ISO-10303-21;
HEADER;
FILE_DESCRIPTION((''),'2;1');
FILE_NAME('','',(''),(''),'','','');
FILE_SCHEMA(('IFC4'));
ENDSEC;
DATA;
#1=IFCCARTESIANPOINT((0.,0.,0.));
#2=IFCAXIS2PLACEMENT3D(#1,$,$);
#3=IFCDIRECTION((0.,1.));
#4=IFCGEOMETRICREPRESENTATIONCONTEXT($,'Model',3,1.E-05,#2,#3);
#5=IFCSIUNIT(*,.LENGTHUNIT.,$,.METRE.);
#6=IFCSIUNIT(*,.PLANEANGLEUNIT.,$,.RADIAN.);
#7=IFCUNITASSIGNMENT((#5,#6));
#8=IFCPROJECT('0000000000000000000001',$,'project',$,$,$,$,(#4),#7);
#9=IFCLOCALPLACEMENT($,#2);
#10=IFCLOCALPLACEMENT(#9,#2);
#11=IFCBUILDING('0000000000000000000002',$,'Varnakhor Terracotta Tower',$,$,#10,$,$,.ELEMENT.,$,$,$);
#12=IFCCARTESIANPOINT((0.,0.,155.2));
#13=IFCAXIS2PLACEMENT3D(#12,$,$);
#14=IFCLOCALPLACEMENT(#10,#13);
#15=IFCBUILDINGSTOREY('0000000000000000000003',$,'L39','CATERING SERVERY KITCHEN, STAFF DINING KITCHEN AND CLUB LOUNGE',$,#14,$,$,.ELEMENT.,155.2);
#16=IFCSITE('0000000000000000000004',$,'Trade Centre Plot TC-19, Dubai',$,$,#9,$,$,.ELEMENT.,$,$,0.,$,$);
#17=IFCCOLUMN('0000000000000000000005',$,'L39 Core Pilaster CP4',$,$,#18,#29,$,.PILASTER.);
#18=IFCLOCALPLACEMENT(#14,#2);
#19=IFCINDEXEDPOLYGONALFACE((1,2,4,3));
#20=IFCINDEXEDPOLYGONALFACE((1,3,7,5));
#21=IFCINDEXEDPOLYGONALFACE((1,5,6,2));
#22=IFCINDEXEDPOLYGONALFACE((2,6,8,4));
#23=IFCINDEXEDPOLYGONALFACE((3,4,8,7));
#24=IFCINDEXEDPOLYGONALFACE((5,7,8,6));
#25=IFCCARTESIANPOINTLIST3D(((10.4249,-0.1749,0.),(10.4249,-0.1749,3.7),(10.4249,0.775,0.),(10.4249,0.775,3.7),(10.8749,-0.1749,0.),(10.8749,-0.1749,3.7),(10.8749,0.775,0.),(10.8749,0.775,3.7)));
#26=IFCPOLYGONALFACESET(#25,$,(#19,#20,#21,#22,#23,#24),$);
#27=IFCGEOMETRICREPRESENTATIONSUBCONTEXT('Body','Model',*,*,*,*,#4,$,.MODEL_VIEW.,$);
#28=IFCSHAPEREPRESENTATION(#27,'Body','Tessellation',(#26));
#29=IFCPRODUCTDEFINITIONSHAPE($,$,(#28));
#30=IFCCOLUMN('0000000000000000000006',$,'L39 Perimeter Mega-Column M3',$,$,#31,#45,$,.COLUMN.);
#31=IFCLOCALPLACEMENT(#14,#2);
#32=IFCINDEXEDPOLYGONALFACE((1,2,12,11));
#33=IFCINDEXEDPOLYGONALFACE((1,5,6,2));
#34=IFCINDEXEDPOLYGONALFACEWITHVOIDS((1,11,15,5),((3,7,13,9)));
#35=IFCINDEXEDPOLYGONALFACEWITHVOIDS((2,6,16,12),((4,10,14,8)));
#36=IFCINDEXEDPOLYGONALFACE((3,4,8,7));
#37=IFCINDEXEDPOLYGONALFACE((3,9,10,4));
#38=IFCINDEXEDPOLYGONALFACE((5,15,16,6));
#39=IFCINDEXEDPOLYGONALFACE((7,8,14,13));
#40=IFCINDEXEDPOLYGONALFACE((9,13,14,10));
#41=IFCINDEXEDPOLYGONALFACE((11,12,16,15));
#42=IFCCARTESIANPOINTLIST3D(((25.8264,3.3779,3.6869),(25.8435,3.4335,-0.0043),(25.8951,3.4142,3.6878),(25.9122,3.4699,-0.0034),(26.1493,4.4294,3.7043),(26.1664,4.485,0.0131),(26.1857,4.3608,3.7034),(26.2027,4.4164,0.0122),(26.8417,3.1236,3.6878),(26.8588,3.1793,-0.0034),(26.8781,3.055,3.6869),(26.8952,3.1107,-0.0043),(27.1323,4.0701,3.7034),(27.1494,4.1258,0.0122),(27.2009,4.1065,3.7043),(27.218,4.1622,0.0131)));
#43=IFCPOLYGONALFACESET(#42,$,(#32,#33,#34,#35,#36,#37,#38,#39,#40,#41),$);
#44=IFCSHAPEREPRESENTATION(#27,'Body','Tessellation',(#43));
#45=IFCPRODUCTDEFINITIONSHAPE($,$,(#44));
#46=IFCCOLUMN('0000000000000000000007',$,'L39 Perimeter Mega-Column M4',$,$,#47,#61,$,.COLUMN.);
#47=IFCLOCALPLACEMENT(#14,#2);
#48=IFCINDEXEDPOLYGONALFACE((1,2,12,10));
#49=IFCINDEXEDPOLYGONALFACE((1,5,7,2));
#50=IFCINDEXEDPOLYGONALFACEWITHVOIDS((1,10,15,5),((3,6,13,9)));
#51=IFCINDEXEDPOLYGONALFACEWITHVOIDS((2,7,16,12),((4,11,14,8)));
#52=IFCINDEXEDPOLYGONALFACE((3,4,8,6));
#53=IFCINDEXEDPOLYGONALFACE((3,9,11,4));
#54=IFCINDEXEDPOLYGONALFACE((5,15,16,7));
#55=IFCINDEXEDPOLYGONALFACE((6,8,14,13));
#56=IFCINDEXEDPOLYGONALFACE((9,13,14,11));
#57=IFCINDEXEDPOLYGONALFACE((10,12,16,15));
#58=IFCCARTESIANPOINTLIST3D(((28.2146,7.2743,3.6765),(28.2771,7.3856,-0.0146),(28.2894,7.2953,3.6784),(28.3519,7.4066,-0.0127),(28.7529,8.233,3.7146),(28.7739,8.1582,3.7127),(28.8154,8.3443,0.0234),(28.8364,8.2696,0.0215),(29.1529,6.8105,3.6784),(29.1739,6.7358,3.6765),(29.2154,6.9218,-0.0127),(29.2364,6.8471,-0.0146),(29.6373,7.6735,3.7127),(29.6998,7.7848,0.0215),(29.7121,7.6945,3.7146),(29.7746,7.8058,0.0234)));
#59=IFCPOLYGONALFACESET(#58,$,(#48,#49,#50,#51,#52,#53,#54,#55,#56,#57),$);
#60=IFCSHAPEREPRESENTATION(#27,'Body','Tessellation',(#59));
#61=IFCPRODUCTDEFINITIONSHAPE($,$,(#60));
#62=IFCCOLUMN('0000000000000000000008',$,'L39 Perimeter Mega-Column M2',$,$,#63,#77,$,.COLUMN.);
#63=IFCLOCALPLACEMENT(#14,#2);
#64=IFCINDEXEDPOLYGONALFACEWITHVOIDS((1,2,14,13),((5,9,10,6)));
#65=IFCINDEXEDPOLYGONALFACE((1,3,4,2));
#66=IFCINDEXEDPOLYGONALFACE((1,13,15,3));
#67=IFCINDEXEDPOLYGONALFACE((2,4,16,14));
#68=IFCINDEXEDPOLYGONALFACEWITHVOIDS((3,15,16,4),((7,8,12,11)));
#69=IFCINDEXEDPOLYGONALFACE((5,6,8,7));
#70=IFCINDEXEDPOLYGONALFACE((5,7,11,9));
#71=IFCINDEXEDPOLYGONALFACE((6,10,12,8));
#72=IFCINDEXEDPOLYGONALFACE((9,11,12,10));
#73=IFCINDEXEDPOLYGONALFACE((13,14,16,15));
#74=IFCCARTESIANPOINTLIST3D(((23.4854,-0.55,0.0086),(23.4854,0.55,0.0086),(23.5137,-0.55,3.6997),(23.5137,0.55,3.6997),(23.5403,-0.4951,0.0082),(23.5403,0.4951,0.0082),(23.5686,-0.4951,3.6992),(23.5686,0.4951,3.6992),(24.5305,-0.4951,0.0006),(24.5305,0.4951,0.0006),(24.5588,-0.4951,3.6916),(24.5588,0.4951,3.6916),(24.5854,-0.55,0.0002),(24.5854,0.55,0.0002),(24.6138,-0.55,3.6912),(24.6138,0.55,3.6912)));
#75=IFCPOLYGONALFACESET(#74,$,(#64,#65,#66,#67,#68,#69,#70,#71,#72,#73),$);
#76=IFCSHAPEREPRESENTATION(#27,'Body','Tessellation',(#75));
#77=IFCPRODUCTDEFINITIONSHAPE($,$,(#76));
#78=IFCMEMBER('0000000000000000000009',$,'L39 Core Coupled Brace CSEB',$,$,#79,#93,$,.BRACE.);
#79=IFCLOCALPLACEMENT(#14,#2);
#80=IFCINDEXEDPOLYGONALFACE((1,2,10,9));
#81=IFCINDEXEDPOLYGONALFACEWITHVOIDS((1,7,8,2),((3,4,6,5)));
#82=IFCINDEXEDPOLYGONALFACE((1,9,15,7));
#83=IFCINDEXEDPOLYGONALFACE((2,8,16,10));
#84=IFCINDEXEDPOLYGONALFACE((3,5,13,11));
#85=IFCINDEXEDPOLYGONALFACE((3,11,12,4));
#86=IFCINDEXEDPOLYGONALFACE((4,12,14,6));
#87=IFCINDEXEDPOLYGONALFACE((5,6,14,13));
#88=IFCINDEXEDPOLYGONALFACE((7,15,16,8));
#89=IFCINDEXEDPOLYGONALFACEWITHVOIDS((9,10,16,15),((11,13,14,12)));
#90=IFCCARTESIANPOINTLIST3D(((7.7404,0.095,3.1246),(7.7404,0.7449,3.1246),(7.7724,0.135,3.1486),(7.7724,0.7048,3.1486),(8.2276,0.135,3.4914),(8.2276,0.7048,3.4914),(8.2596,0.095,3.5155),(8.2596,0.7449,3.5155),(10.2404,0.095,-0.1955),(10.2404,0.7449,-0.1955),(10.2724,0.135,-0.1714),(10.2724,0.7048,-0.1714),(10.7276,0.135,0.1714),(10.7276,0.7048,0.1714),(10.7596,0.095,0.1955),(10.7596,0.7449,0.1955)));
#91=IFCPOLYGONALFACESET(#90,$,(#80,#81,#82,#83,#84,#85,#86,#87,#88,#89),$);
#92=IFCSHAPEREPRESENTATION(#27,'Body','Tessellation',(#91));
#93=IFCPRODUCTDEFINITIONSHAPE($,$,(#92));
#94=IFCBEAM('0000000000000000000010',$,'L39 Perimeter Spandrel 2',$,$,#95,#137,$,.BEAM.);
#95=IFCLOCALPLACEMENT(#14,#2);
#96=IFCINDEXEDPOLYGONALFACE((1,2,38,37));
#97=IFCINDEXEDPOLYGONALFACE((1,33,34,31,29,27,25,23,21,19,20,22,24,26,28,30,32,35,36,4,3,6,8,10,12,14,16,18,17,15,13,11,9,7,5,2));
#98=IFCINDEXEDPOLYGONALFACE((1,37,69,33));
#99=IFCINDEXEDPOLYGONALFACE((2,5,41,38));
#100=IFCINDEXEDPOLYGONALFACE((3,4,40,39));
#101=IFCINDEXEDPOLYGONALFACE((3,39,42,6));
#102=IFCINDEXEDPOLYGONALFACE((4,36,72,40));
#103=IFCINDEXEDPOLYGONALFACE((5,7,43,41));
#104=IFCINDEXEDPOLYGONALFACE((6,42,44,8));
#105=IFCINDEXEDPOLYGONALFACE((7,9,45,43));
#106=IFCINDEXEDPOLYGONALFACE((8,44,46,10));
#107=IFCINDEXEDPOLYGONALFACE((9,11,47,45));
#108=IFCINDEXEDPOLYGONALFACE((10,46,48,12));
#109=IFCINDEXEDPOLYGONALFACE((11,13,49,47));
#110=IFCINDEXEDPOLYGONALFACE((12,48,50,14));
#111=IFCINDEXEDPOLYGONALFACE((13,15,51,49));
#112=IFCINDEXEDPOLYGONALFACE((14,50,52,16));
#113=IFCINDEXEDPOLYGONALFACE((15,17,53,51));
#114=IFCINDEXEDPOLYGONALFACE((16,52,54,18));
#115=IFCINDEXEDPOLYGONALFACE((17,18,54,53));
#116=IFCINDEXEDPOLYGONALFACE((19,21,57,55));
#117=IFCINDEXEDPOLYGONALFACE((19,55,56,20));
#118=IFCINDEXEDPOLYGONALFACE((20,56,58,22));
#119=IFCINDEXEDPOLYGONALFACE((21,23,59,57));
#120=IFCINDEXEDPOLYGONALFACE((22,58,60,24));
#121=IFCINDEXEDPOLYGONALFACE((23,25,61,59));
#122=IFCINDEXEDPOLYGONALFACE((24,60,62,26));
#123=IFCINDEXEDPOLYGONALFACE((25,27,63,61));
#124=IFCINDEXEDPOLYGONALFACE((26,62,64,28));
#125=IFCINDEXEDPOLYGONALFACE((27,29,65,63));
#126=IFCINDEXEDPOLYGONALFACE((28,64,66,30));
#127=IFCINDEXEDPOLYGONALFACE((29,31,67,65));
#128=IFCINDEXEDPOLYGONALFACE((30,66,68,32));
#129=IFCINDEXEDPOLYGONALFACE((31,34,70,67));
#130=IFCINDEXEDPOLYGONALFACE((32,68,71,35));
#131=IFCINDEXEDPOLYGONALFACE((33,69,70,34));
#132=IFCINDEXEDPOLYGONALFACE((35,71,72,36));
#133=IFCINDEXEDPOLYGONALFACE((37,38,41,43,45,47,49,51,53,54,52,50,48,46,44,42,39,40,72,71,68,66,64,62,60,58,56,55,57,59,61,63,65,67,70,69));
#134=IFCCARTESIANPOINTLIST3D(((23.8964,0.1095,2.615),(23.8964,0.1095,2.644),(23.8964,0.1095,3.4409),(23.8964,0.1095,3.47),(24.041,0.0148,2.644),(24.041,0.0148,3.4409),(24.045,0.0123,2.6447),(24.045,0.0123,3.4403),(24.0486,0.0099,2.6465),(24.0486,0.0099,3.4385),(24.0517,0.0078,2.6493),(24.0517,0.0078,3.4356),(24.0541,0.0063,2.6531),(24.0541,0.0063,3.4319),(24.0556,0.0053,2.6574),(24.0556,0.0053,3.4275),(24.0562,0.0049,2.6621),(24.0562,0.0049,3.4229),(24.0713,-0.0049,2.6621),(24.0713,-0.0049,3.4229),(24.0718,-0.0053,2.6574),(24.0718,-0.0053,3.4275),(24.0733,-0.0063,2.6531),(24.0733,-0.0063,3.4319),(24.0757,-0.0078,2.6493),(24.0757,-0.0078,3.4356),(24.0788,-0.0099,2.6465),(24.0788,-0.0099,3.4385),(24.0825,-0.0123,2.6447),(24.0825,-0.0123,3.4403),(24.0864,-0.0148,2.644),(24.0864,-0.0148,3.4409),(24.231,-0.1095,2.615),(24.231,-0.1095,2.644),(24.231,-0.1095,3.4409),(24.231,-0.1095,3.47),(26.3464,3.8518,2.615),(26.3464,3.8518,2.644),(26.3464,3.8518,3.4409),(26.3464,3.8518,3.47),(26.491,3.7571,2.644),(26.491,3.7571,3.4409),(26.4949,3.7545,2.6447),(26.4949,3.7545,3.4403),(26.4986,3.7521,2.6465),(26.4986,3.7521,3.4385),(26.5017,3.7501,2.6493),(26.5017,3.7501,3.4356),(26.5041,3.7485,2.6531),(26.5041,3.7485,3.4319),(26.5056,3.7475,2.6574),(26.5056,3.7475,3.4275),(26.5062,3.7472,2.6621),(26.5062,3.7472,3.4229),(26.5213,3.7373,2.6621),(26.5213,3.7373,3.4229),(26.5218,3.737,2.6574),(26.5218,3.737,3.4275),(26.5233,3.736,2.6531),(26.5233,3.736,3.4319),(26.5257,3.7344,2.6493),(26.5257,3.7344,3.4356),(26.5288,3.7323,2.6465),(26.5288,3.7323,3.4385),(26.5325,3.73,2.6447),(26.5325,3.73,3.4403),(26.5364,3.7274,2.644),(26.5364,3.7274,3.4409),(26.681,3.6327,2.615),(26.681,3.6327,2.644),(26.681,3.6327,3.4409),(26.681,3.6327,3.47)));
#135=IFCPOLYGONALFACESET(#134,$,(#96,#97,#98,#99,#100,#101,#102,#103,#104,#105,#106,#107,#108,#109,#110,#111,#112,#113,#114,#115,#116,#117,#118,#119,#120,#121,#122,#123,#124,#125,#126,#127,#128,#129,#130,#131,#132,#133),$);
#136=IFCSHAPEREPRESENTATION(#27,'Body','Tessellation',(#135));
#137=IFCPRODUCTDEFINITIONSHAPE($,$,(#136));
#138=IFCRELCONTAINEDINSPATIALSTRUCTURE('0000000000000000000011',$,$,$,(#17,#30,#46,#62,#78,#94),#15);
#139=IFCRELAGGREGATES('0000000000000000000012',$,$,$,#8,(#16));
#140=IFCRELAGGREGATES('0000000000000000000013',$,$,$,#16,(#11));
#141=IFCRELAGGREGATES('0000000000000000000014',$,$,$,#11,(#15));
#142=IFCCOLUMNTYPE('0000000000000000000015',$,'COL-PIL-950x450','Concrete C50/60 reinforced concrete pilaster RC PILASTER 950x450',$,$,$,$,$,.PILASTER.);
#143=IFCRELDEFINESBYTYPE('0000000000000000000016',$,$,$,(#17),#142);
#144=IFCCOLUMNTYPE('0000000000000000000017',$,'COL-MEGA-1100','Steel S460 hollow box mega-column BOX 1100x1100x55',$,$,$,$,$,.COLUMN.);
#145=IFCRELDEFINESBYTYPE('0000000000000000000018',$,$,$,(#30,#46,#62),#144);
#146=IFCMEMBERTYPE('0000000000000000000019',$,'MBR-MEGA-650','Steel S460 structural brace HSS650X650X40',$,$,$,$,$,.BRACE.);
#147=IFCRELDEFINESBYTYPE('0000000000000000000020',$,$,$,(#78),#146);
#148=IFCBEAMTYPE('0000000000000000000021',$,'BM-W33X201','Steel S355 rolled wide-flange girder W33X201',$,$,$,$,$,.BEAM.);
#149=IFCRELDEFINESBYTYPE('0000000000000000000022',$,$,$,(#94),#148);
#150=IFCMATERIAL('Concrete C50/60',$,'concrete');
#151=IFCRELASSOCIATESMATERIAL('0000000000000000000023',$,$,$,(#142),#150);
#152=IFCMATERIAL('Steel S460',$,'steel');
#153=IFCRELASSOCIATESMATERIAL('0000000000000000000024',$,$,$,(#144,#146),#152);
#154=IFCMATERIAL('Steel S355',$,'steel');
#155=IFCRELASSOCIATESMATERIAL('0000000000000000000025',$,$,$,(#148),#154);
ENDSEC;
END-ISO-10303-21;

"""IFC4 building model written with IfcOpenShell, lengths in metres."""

from ifc_helpers import new_model, si_unit, direction, frame, origin, origin_2d, place, context, subcontext, project, spatial, rectangle, hollow_rectangle, i_section, extrude, source, transform, mapped, material, material_profile, profile_set, type_object, element, save


model = new_model("IFC4")

# Units and contexts
model_context = context("Model", 3, precision=1e-05, world=origin(), true_north=direction((0.0, 1.0)))
body_context = subcontext(model_context, "Body", "Model", "MODEL_VIEW")
ifc_project = project(units=[si_unit("LENGTHUNIT", "METRE"), si_unit("PLANEANGLEUNIT", "RADIAN")], contexts=[model_context])

# Site, building, storey
site_placement = place(None, origin())
site = spatial("IfcSite", under=ifc_project, at=site_placement, Name="Trade Centre Plot TC-19, Dubai", CompositionType="ELEMENT", RefElevation=0.0)
building_placement = place(site_placement, origin())
building = spatial("IfcBuilding", under=site, at=building_placement, Name="Varnakhor Terracotta Tower", CompositionType="ELEMENT")
storey_placement = place(building_placement, frame((0.0, 0.0, 155.2)))
storey = spatial("IfcBuildingStorey", under=building, at=storey_placement, Name="L39", Description="CATERING SERVERY KITCHEN, STAFF DINING KITCHEN AND CLUB LOUNGE", CompositionType="ELEMENT", Elevation=155.2)

# Columns
ifc_material_1 = material(Name="Concrete C50/60", Category="concrete")
ifc_material_profile_1 = material_profile(ifc_material_1, rectangle(XDim=0.45, YDim=0.95, at=origin_2d()), Name="RC PILASTER 950x450")
ifc_profile_set_1 = profile_set([ifc_material_profile_1], Name="Concrete C50/60")
column_type_1 = type_object("IfcColumnType", Name="COL-PIL-950x450", Description="Concrete C50/60 reinforced concrete pilaster RC PILASTER 950x450", PredefinedType="PILASTER", material=ifc_profile_set_1)
shared_shape_1 = source(origin(), body_context, "Body", "SweptSolid", [
    extrude(rectangle(XDim=0.45, YDim=0.95, at=origin_2d()), origin(), (0.0, 0.0, 1.0), 3.7),
])
column_1_placement = place(storey_placement, frame((10.6499, 0.3, 0.0), z_axis=(0.0, 0.0, 1.0), x_axis=(1.0, 0.0, 0.0)))
element("IfcColumn", 1, at=column_1_placement, inside=storey, type_object=column_type_1, Name="L39 Core Pilaster CP4", PredefinedType="PILASTER", context=body_context, shape_type="MappedRepresentation", body=[
    mapped(shared_shape_1, transform((0.0, 0.0, 0.0), scale=1.0)),
])
ifc_material_2 = material(Name="Steel S460", Category="steel")
ifc_material_profile_2 = material_profile(ifc_material_2, hollow_rectangle(XDim=1.1001, YDim=1.1001, WallThickness=0.0549, at=origin_2d()), Name="BOX 1100x1100x55")
ifc_profile_set_2 = profile_set([ifc_material_profile_2], Name="Steel S460")
column_type_2 = type_object("IfcColumnType", Name="COL-MEGA-1100", Description="Steel S460 hollow box mega-column BOX 1100x1100x55", PredefinedType="COLUMN", material=ifc_profile_set_2)
shared_shape_2 = source(origin(), body_context, "Body", "SweptSolid", [
    extrude(hollow_rectangle(XDim=1.1001, YDim=1.1001, WallThickness=0.0549, at=origin_2d()), origin(), (0.0, 0.0, 1.0), 3.6917),
])
column_2_placement = place(storey_placement, frame((26.5308, 3.7979, 0.0044), z_axis=(-0.004629, -0.015078, 0.999876), x_axis=(0.95596, -0.293497, 0.0)))
element("IfcColumn", 2, at=column_2_placement, inside=storey, type_object=column_type_2, Name="L39 Perimeter Mega-Column M3", PredefinedType="COLUMN", context=body_context, shape_type="MappedRepresentation", body=[
    mapped(shared_shape_2, transform((0.0, 0.0, 0.0), scale=1.0)),
])
shared_shape_3 = source(origin(), body_context, "Body", "SweptSolid", [
    extrude(hollow_rectangle(XDim=1.1001, YDim=1.1001, WallThickness=0.0549, at=origin_2d()), origin(), (0.0, 0.0, 1.0), 3.6934),
])
column_3_placement = place(storey_placement, frame((29.0259, 7.5957, 0.0044), z_axis=(-0.016922, -0.030143, 0.999402), x_axis=(0.871984, -0.489535, 0.0)))
element("IfcColumn", 3, at=column_3_placement, inside=storey, type_object=column_type_2, Name="L39 Perimeter Mega-Column M4", PredefinedType="COLUMN", context=body_context, shape_type="MappedRepresentation", body=[
    mapped(shared_shape_3, transform((0.0, 0.0, 0.0), scale=1.0)),
])
shared_shape_4 = source(origin(), body_context, "Body", "SweptSolid", [
    extrude(hollow_rectangle(XDim=1.1001, YDim=1.1001, WallThickness=0.0549, at=origin_2d()), origin(), (0.0, 0.0, 1.0), 3.6912),
])
column_4_placement = place(storey_placement, frame((24.0354, 0.0, 0.0044), z_axis=(0.007672, 0.0, 0.999971), x_axis=(0.0, 1.0, 0.0)))
element("IfcColumn", 4, at=column_4_placement, inside=storey, type_object=column_type_2, Name="L39 Perimeter Mega-Column M2", PredefinedType="COLUMN", context=body_context, shape_type="MappedRepresentation", body=[
    mapped(shared_shape_4, transform((0.0, 0.0, 0.0), scale=1.0)),
])

# Member
ifc_material_profile_3 = material_profile(ifc_material_2, hollow_rectangle(XDim=0.6499, YDim=0.6499, WallThickness=0.04, at=origin_2d()), Name="HSS650X650X40")
ifc_profile_set_3 = profile_set([ifc_material_profile_3], Name="Steel S460")
member_type_1 = type_object("IfcMemberType", Name="MBR-MEGA-650", Description="Steel S460 structural brace HSS650X650X40", PredefinedType="BRACE", material=ifc_profile_set_3)
shared_shape_5 = source(origin(), body_context, "Body", "SweptSolid", [
    extrude(hollow_rectangle(XDim=0.6499, YDim=0.6499, WallThickness=0.04, at=origin_2d()), origin(), (0.0, 0.0, 1.0), 4.156),
])
member_1_placement = place(storey_placement, frame((10.5, 0.4199, 0.0), z_axis=(-0.601531, 0.0, 0.79885), x_axis=(0.0, -1.0, 0.0)))
element("IfcMember", 5, at=member_1_placement, inside=storey, type_object=member_type_1, Name="L39 Core Coupled Brace CSEB", PredefinedType="BRACE", context=body_context, shape_type="MappedRepresentation", body=[
    mapped(shared_shape_5, transform((0.0, 0.0, 0.0), scale=1.0)),
])

# Beam
ifc_material_3 = material(Name="Steel S355", Category="steel")
ifc_material_profile_4 = material_profile(ifc_material_3, i_section(OverallWidth=0.3999, OverallDepth=0.855, WebThickness=0.0181, FlangeThickness=0.0291, FilletRadius=0.0181, at=origin_2d()), Name="W33X201")
ifc_profile_set_4 = profile_set([ifc_material_profile_4], Name="Steel S355")
beam_type_1 = type_object("IfcBeamType", Name="BM-W33X201", Description="Steel S355 rolled wide-flange girder W33X201", PredefinedType="BEAM", material=ifc_profile_set_4)
shared_shape_6 = source(origin(), body_context, "Body", "SweptSolid", [
    extrude(i_section(OverallWidth=0.3999, OverallDepth=0.855, WebThickness=0.0181, FlangeThickness=0.0291, FilletRadius=0.0181, at=origin_2d()), origin(), (0.0, 0.0, 1.0), 4.4729),
])
beam_1_placement = place(storey_placement, frame((24.0637, 0.0, 3.0425), z_axis=(0.54774, 0.836648, 0.0), x_axis=(-0.836648, 0.54774, 0.0)))
element("IfcBeam", 6, at=beam_1_placement, inside=storey, type_object=beam_type_1, Name="L39 Perimeter Spandrel 2", PredefinedType="BEAM", context=body_context, shape_type="MappedRepresentation", body=[
    mapped(shared_shape_6, transform((0.0, 0.0, 0.0), scale=1.0)),
])

save(model, "model.ifc")
